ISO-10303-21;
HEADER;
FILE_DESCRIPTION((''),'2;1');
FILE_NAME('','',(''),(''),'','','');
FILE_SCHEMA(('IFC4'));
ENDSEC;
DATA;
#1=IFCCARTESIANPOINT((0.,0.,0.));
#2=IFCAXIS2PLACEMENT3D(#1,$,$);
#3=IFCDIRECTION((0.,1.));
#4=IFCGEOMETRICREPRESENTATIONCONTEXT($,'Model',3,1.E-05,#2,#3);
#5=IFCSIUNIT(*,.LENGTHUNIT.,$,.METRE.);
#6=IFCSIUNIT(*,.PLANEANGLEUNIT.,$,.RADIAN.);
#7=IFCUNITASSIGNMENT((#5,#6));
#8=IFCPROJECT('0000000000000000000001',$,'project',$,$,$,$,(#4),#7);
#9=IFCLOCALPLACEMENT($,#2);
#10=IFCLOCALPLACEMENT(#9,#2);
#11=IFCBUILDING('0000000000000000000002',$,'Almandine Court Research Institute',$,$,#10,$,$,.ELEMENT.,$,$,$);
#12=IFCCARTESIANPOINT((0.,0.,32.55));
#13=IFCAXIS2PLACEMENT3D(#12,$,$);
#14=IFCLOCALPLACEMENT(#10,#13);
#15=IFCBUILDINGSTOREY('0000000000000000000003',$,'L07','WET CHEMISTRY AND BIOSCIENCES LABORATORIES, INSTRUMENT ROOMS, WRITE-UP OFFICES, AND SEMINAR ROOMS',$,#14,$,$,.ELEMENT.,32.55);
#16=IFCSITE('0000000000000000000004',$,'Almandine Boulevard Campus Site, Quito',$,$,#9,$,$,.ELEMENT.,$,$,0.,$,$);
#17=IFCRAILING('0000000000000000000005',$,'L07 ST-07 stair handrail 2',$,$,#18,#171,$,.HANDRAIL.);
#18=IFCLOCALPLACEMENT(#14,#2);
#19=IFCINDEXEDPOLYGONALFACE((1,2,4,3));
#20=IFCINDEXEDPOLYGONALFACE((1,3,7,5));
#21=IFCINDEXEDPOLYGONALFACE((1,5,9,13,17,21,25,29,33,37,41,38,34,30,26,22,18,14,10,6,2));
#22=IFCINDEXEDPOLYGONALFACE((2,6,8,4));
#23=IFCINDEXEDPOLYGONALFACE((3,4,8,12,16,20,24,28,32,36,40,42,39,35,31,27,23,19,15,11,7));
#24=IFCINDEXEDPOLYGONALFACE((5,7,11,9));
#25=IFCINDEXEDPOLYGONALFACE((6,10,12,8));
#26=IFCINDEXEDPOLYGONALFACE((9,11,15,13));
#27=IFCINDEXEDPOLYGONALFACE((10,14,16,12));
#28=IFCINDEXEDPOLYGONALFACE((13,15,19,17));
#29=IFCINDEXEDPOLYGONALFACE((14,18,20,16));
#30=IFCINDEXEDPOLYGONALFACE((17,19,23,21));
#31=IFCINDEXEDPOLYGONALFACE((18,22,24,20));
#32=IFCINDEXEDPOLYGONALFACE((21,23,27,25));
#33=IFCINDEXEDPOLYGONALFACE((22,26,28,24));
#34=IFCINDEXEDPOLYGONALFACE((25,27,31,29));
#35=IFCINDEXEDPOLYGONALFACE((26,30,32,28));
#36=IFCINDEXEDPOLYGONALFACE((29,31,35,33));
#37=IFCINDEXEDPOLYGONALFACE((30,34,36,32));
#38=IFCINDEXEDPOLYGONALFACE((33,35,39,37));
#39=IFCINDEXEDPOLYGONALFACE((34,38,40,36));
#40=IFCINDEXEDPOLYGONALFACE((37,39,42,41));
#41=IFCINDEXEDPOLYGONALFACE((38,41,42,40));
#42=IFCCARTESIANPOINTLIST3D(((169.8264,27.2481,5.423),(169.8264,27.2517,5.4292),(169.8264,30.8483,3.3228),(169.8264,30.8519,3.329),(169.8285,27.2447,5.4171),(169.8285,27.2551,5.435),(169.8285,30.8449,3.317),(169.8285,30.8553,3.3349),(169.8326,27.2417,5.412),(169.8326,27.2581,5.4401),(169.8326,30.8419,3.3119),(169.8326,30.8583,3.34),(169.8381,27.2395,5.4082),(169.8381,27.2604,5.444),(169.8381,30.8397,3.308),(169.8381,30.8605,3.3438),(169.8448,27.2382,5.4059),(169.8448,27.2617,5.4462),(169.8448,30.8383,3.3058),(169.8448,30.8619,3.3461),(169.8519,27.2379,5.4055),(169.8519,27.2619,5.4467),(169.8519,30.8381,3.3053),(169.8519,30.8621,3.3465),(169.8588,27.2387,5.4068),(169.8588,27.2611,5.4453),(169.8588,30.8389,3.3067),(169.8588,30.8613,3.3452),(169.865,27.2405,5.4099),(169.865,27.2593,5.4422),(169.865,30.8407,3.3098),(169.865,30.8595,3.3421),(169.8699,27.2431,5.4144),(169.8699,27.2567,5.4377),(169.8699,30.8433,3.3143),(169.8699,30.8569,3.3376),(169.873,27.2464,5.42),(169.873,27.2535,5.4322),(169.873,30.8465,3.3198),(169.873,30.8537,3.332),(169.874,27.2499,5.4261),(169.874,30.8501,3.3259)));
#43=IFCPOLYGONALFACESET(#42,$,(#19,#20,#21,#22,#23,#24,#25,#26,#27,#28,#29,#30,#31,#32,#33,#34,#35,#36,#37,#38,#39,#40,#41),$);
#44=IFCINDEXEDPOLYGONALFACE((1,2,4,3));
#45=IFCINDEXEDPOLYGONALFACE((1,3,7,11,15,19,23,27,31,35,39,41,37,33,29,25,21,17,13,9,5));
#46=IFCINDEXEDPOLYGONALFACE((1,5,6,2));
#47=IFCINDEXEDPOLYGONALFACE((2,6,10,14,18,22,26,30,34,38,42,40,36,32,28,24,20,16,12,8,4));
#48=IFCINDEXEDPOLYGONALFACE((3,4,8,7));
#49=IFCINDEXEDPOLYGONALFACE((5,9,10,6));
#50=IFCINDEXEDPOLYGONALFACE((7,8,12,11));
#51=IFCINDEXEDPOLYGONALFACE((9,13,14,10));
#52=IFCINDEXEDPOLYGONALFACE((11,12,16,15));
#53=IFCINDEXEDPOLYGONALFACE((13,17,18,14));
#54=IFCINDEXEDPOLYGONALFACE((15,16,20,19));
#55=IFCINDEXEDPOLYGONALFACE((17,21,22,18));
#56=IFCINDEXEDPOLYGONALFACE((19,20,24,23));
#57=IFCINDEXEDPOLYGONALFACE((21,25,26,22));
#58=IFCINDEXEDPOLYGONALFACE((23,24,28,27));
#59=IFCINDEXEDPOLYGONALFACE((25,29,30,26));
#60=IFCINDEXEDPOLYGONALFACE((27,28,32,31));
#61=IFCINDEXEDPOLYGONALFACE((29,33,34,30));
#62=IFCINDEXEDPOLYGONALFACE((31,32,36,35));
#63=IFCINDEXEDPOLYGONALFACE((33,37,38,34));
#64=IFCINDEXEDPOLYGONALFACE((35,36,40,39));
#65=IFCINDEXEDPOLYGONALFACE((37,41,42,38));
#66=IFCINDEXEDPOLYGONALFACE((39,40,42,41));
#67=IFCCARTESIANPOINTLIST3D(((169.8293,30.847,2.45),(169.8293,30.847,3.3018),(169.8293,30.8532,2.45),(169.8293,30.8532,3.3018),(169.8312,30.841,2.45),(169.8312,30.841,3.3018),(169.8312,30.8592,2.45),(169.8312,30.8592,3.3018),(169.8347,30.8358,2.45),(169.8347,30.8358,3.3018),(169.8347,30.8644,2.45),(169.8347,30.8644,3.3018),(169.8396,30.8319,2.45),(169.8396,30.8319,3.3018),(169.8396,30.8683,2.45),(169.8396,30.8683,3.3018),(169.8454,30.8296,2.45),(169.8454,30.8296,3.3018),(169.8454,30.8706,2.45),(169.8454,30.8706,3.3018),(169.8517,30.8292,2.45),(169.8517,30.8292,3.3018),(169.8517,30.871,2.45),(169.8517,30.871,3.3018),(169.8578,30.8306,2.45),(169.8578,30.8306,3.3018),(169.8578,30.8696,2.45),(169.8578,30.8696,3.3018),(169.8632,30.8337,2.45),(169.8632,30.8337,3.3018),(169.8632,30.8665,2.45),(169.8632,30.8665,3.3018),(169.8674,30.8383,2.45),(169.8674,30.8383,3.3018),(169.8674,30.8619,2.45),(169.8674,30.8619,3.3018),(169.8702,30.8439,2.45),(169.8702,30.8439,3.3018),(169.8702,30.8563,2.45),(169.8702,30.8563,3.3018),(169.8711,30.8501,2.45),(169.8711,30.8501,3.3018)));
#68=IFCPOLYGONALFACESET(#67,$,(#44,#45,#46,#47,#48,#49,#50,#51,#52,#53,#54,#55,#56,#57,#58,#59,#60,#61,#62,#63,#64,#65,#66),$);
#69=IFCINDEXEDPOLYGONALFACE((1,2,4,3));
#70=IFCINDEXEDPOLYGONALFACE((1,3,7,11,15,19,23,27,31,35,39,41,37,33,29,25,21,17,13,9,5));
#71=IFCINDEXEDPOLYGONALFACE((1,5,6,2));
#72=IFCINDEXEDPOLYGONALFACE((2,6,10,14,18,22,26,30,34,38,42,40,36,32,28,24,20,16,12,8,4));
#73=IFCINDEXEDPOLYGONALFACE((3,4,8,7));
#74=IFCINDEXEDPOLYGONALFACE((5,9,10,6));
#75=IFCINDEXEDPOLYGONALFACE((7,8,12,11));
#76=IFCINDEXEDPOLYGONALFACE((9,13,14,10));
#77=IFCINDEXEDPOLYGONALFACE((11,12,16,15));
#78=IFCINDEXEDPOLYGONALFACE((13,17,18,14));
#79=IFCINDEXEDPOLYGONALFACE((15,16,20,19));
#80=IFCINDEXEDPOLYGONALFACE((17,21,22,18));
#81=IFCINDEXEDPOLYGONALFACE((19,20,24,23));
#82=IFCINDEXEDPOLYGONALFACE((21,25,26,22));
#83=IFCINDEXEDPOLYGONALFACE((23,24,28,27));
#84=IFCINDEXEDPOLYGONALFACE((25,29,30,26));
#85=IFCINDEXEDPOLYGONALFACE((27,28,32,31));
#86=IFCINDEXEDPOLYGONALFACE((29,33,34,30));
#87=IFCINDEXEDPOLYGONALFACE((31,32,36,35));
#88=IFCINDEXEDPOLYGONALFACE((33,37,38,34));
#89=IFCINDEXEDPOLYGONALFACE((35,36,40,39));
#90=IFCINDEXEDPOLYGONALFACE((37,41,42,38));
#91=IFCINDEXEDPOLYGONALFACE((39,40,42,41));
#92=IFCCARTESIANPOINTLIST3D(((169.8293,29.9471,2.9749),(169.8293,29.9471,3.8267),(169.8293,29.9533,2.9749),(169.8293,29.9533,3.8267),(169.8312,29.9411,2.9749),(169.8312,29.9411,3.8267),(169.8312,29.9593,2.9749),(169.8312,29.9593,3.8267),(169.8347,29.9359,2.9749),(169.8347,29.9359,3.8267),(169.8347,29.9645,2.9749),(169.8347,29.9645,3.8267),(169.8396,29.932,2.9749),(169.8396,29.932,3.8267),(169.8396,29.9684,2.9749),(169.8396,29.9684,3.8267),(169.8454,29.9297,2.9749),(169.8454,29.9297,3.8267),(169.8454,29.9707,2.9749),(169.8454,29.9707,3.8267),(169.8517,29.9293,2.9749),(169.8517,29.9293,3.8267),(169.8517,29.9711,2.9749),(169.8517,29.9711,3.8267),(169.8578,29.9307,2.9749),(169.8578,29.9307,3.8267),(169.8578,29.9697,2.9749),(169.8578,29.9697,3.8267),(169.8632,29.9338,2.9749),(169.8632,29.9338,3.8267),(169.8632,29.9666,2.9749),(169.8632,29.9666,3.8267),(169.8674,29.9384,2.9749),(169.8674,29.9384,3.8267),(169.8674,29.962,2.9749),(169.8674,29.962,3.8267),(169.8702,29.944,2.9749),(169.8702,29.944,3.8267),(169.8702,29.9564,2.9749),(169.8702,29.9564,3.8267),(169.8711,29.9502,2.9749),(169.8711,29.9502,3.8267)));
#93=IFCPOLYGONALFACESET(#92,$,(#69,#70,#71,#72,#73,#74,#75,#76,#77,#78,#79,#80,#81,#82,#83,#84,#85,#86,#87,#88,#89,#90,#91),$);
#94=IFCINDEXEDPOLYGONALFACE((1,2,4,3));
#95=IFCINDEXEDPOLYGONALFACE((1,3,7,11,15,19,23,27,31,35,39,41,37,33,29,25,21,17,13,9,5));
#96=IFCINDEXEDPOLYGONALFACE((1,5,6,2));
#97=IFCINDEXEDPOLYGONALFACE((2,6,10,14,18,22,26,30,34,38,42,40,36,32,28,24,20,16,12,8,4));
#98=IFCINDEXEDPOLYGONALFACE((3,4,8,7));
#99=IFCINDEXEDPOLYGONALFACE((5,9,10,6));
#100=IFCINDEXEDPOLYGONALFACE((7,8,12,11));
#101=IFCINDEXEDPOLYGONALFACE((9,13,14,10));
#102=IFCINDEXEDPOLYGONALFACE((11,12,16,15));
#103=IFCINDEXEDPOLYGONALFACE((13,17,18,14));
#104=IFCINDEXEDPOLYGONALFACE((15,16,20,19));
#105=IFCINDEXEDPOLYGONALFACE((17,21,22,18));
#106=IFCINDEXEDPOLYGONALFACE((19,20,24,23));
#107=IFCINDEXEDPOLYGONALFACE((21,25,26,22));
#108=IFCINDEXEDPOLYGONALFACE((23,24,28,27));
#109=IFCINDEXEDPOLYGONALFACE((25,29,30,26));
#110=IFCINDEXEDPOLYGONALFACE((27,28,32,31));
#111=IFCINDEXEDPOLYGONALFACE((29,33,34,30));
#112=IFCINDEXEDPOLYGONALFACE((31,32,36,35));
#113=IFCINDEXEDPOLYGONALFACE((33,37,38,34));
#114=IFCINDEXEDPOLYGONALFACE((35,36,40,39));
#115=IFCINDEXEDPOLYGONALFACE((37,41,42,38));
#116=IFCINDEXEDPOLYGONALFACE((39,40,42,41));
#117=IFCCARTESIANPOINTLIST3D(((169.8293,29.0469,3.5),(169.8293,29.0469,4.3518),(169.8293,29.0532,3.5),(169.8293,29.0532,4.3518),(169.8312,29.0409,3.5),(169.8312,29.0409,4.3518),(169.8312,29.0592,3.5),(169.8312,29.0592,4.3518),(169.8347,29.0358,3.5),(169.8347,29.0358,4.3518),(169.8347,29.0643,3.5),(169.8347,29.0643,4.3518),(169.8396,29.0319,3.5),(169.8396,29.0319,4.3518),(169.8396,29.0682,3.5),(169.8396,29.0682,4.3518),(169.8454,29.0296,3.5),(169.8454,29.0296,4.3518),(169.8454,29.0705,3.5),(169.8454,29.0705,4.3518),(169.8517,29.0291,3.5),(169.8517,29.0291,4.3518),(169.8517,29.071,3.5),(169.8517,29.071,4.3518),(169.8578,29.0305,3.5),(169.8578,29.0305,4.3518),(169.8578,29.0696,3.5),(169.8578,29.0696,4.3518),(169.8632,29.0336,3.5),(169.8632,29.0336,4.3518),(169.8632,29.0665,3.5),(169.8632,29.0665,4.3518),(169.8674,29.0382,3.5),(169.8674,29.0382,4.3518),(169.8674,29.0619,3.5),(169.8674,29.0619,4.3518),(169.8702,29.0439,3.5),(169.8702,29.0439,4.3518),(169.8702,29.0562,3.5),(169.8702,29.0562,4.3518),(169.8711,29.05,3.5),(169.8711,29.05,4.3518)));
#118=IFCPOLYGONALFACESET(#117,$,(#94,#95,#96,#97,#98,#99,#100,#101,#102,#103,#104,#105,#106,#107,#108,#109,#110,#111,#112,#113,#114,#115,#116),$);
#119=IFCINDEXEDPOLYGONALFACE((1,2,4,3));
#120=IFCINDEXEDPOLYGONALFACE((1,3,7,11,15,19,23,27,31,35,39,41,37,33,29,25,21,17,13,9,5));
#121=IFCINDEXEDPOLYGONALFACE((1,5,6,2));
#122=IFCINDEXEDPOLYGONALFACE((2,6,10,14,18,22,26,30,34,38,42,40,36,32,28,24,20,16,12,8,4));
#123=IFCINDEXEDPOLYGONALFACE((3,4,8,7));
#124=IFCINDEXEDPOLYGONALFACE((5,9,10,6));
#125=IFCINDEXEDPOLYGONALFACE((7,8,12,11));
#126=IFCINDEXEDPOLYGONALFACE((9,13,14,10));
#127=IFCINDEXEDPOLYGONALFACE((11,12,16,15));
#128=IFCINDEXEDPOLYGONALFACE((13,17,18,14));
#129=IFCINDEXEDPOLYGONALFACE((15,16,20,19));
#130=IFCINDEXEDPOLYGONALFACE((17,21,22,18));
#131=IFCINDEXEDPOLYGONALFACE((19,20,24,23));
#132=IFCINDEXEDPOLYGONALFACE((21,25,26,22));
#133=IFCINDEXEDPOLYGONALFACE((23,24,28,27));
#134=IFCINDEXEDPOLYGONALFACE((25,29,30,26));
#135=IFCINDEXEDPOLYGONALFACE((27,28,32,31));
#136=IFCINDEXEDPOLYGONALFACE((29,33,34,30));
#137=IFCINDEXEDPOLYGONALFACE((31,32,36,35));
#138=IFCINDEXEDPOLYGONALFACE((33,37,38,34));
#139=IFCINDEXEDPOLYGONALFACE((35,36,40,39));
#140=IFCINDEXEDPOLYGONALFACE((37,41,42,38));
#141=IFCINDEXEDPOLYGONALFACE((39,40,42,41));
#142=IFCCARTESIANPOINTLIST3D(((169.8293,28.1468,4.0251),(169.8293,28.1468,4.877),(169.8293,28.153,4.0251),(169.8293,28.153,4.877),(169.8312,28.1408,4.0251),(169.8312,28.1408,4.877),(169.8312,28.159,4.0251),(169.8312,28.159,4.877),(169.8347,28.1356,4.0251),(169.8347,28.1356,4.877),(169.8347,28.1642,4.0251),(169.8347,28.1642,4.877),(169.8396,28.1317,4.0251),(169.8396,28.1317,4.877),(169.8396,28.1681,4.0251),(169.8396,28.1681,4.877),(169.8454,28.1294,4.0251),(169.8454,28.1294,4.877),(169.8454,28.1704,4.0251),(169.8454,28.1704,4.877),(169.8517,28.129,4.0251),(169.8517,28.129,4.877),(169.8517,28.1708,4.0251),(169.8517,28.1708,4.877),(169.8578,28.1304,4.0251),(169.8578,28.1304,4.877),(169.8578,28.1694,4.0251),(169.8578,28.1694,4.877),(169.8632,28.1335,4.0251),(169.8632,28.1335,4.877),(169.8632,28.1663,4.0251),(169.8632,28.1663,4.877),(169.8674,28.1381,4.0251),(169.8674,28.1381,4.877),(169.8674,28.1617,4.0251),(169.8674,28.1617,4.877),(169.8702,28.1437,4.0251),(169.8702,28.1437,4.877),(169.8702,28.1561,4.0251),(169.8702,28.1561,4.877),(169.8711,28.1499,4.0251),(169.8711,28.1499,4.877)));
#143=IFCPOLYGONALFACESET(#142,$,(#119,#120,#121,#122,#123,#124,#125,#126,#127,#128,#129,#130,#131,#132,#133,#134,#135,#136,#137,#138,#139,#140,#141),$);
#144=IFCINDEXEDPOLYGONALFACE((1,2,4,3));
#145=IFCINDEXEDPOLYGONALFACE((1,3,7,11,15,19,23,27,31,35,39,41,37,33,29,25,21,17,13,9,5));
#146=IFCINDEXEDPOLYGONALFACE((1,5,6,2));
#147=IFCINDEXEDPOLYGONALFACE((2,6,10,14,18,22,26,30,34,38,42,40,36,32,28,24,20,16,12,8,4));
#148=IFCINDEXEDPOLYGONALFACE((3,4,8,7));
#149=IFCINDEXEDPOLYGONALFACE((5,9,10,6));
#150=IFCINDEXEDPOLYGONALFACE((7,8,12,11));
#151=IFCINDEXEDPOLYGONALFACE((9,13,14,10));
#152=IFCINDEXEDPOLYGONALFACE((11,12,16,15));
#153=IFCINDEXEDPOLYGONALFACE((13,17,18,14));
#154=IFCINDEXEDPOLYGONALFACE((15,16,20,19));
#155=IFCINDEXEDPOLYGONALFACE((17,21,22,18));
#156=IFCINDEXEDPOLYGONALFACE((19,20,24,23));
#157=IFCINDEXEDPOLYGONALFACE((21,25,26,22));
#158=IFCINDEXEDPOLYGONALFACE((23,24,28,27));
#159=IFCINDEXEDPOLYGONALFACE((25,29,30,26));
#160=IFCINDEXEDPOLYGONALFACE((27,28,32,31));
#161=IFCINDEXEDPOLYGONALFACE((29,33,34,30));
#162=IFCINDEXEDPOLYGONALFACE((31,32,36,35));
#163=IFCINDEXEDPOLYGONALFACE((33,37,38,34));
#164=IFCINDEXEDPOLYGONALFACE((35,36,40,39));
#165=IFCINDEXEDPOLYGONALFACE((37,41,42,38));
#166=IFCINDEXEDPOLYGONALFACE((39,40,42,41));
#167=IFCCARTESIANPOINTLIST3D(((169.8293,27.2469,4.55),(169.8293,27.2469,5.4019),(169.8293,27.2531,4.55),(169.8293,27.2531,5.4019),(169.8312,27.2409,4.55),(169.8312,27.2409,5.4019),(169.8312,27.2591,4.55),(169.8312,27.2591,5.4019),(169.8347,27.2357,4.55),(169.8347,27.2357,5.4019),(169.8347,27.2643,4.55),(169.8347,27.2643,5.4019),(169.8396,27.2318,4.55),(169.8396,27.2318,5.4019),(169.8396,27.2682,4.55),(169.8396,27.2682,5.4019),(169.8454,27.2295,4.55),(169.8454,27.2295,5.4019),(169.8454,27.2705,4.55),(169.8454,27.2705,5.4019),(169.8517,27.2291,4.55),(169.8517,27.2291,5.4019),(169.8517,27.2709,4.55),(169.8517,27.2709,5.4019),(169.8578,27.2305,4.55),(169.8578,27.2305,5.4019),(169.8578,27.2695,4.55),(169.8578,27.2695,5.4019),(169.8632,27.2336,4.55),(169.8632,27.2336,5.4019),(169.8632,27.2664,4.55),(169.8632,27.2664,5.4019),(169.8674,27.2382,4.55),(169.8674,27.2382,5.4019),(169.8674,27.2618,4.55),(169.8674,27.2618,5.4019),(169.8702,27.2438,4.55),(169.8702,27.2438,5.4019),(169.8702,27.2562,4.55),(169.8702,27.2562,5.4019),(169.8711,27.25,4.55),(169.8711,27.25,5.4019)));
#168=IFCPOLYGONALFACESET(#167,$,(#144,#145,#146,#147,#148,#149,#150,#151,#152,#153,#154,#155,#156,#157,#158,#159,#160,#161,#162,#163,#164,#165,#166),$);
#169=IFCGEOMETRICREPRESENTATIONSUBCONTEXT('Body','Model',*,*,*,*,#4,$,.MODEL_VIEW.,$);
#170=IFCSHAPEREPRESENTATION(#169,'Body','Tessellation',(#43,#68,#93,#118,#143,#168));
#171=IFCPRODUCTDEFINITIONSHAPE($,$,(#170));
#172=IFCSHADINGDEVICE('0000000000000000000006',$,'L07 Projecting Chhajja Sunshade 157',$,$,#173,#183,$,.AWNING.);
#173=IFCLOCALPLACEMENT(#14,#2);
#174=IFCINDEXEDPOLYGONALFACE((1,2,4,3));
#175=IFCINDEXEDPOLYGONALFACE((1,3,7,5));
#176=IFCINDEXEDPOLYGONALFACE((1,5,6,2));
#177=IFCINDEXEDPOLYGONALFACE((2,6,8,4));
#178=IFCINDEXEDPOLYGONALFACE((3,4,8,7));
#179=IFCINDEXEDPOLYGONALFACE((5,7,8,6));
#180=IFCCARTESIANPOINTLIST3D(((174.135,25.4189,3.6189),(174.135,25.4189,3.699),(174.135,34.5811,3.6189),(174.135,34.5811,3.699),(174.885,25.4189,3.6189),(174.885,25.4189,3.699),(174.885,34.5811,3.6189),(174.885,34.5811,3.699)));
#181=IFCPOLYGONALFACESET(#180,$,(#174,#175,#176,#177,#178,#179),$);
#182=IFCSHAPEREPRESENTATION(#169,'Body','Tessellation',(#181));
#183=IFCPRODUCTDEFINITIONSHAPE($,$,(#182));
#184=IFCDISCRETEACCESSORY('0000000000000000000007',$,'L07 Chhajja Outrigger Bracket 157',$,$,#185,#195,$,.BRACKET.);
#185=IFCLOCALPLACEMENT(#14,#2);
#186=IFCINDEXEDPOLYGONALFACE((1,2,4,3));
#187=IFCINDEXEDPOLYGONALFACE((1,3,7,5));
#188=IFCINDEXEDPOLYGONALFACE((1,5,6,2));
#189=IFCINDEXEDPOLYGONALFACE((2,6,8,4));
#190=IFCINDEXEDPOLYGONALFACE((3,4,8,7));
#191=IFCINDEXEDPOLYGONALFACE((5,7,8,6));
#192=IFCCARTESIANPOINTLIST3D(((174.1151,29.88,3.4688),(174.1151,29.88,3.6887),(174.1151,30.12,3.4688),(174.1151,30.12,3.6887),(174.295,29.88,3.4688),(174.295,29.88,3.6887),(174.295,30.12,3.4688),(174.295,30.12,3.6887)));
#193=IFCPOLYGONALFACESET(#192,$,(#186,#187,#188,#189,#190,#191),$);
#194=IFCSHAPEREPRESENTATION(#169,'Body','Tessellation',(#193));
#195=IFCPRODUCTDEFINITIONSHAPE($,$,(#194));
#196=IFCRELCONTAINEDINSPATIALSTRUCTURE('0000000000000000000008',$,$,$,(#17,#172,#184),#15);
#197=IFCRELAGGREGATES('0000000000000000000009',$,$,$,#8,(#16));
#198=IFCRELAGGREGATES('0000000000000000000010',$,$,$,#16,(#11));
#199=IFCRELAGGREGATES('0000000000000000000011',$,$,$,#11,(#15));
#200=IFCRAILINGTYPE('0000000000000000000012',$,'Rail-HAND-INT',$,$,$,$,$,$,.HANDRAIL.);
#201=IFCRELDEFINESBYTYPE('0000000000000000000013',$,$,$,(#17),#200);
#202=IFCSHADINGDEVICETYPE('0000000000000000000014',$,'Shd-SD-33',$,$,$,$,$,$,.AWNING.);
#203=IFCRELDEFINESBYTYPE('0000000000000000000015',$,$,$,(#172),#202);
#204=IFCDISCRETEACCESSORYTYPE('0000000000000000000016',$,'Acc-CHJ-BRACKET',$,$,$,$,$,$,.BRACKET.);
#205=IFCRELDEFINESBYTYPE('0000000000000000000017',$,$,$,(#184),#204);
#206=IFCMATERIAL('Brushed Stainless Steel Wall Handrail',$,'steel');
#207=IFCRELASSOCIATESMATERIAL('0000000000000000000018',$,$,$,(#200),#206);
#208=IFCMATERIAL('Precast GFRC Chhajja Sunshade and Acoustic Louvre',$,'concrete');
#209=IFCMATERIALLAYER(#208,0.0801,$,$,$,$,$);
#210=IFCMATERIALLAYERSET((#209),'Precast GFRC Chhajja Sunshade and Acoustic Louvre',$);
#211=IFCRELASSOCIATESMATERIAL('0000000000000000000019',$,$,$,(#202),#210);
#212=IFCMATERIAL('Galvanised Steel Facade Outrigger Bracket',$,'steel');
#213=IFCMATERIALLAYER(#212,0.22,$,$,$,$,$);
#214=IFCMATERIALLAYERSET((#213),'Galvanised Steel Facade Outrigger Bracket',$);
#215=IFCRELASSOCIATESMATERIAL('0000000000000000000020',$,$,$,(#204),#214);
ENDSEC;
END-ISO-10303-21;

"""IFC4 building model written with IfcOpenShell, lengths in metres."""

from ifc_helpers import new_model, si_unit, direction, frame, origin, origin_2d, place, context, subcontext, project, spatial, rectangle, circle, extrude, material, layer, layer_set, type_object, element, save


model = new_model("IFC4")

# Units and contexts
model_context = context("Model", 3, precision=1e-05, world=origin(), true_north=direction((0.0, 1.0)))
body_context = subcontext(model_context, "Body", "Model", "MODEL_VIEW")
ifc_project = project(units=[si_unit("LENGTHUNIT", "METRE"), si_unit("PLANEANGLEUNIT", "RADIAN")], contexts=[model_context])

# Site, building, storey
site_placement = place(None, origin())
site = spatial("IfcSite", under=ifc_project, at=site_placement, Name="Almandine Boulevard Campus Site, Quito", CompositionType="ELEMENT", RefElevation=0.0)
building_placement = place(site_placement, origin())
building = spatial("IfcBuilding", under=site, at=building_placement, Name="Almandine Court Research Institute", CompositionType="ELEMENT")
storey_placement = place(building_placement, frame((0.0, 0.0, 32.55)))
storey = spatial("IfcBuildingStorey", under=building, at=storey_placement, Name="L07", Description="WET CHEMISTRY AND BIOSCIENCES LABORATORIES, INSTRUMENT ROOMS, WRITE-UP OFFICES, AND SEMINAR ROOMS", CompositionType="ELEMENT", Elevation=32.55)

# Railing
ifc_material_1 = material(Name="Brushed Stainless Steel Wall Handrail", Category="steel")
railing_type_1 = type_object("IfcRailingType", Name="Rail-HAND-INT", PredefinedType="HANDRAIL", material=ifc_material_1)
railing_1_placement = place(storey_placement, frame((169.8501, 30.8501, 2.45)))
element("IfcRailing", 1, at=railing_1_placement, inside=storey, type_object=railing_type_1, Name="L07 ST-07 stair handrail 2", PredefinedType="HANDRAIL", context=body_context, shape_type="SweptSolid", body=[
    extrude(circle(Radius=0.0239, at=origin_2d()), frame((0.0, 0.0, 0.876), z_axis=(0.0, -0.863775, 0.503878), x_axis=(1.0, 0.0, 0.0)), (0.0, 0.0, 1.0), 4.168),
    extrude(circle(Radius=0.021, at=origin_2d()), origin(), (0.0, 0.0, 1.0), 0.8518),
    extrude(circle(Radius=0.021, at=origin_2d()), frame((0.0, -0.8999, 0.5249)), (0.0, 0.0, 1.0), 0.8518),
    extrude(circle(Radius=0.021, at=origin_2d()), frame((0.0, -1.8, 1.05)), (0.0, 0.0, 1.0), 0.8518),
    extrude(circle(Radius=0.021, at=origin_2d()), frame((0.0, -2.7002, 1.5752)), (0.0, 0.0, 1.0), 0.8518),
    extrude(circle(Radius=0.021, at=origin_2d()), frame((0.0, -3.6001, 2.1001)), (0.0, 0.0, 1.0), 0.8518),
])

# Shading device
ifc_material_2 = material(Name="Precast GFRC Chhajja Sunshade and Acoustic Louvre", Category="concrete")
ifc_layer_1 = layer(ifc_material_2, 0.0801)
ifc_layer_set_1 = layer_set([ifc_layer_1], Name="Precast GFRC Chhajja Sunshade and Acoustic Louvre")
shading_device_type = type_object("IfcShadingDeviceType", Name="Shd-SD-33", PredefinedType="AWNING", material=ifc_layer_set_1)
shading_device_placement = place(storey_placement, frame((174.51, 30.0, 3.6189), z_axis=(0.0, 0.0, 1.0), x_axis=(0.0, -1.0, 0.0)))
element("IfcShadingDevice", 2, at=shading_device_placement, inside=storey, type_object=shading_device_type, Name="L07 Projecting Chhajja Sunshade 157", PredefinedType="AWNING", context=body_context, shape_type="SweptSolid", body=[
    extrude(rectangle(XDim=9.1621, YDim=0.75, at=origin_2d()), origin(), (0.0, 0.0, 1.0), 0.0801),
])

# Discrete accessory
ifc_material_3 = material(Name="Galvanised Steel Facade Outrigger Bracket", Category="steel")
ifc_layer_2 = layer(ifc_material_3, 0.22)
ifc_layer_set_2 = layer_set([ifc_layer_2], Name="Galvanised Steel Facade Outrigger Bracket")
discrete_accessory_type = type_object("IfcDiscreteAccessoryType", Name="Acc-CHJ-BRACKET", PredefinedType="BRACKET", material=ifc_layer_set_2)
discrete_accessory_placement = place(storey_placement, frame((174.2051, 30.0, 3.4688), z_axis=(0.0, 0.0, 1.0), x_axis=(0.0, -1.0, 0.0)))
element("IfcDiscreteAccessory", 3, at=discrete_accessory_placement, inside=storey, type_object=discrete_accessory_type, Name="L07 Chhajja Outrigger Bracket 157", PredefinedType="BRACKET", context=body_context, shape_type="SweptSolid", body=[
    extrude(rectangle(XDim=0.24, YDim=0.1799, at=origin_2d()), origin(), (0.0, 0.0, 1.0), 0.22),
])

save(model, "model.ifc")
